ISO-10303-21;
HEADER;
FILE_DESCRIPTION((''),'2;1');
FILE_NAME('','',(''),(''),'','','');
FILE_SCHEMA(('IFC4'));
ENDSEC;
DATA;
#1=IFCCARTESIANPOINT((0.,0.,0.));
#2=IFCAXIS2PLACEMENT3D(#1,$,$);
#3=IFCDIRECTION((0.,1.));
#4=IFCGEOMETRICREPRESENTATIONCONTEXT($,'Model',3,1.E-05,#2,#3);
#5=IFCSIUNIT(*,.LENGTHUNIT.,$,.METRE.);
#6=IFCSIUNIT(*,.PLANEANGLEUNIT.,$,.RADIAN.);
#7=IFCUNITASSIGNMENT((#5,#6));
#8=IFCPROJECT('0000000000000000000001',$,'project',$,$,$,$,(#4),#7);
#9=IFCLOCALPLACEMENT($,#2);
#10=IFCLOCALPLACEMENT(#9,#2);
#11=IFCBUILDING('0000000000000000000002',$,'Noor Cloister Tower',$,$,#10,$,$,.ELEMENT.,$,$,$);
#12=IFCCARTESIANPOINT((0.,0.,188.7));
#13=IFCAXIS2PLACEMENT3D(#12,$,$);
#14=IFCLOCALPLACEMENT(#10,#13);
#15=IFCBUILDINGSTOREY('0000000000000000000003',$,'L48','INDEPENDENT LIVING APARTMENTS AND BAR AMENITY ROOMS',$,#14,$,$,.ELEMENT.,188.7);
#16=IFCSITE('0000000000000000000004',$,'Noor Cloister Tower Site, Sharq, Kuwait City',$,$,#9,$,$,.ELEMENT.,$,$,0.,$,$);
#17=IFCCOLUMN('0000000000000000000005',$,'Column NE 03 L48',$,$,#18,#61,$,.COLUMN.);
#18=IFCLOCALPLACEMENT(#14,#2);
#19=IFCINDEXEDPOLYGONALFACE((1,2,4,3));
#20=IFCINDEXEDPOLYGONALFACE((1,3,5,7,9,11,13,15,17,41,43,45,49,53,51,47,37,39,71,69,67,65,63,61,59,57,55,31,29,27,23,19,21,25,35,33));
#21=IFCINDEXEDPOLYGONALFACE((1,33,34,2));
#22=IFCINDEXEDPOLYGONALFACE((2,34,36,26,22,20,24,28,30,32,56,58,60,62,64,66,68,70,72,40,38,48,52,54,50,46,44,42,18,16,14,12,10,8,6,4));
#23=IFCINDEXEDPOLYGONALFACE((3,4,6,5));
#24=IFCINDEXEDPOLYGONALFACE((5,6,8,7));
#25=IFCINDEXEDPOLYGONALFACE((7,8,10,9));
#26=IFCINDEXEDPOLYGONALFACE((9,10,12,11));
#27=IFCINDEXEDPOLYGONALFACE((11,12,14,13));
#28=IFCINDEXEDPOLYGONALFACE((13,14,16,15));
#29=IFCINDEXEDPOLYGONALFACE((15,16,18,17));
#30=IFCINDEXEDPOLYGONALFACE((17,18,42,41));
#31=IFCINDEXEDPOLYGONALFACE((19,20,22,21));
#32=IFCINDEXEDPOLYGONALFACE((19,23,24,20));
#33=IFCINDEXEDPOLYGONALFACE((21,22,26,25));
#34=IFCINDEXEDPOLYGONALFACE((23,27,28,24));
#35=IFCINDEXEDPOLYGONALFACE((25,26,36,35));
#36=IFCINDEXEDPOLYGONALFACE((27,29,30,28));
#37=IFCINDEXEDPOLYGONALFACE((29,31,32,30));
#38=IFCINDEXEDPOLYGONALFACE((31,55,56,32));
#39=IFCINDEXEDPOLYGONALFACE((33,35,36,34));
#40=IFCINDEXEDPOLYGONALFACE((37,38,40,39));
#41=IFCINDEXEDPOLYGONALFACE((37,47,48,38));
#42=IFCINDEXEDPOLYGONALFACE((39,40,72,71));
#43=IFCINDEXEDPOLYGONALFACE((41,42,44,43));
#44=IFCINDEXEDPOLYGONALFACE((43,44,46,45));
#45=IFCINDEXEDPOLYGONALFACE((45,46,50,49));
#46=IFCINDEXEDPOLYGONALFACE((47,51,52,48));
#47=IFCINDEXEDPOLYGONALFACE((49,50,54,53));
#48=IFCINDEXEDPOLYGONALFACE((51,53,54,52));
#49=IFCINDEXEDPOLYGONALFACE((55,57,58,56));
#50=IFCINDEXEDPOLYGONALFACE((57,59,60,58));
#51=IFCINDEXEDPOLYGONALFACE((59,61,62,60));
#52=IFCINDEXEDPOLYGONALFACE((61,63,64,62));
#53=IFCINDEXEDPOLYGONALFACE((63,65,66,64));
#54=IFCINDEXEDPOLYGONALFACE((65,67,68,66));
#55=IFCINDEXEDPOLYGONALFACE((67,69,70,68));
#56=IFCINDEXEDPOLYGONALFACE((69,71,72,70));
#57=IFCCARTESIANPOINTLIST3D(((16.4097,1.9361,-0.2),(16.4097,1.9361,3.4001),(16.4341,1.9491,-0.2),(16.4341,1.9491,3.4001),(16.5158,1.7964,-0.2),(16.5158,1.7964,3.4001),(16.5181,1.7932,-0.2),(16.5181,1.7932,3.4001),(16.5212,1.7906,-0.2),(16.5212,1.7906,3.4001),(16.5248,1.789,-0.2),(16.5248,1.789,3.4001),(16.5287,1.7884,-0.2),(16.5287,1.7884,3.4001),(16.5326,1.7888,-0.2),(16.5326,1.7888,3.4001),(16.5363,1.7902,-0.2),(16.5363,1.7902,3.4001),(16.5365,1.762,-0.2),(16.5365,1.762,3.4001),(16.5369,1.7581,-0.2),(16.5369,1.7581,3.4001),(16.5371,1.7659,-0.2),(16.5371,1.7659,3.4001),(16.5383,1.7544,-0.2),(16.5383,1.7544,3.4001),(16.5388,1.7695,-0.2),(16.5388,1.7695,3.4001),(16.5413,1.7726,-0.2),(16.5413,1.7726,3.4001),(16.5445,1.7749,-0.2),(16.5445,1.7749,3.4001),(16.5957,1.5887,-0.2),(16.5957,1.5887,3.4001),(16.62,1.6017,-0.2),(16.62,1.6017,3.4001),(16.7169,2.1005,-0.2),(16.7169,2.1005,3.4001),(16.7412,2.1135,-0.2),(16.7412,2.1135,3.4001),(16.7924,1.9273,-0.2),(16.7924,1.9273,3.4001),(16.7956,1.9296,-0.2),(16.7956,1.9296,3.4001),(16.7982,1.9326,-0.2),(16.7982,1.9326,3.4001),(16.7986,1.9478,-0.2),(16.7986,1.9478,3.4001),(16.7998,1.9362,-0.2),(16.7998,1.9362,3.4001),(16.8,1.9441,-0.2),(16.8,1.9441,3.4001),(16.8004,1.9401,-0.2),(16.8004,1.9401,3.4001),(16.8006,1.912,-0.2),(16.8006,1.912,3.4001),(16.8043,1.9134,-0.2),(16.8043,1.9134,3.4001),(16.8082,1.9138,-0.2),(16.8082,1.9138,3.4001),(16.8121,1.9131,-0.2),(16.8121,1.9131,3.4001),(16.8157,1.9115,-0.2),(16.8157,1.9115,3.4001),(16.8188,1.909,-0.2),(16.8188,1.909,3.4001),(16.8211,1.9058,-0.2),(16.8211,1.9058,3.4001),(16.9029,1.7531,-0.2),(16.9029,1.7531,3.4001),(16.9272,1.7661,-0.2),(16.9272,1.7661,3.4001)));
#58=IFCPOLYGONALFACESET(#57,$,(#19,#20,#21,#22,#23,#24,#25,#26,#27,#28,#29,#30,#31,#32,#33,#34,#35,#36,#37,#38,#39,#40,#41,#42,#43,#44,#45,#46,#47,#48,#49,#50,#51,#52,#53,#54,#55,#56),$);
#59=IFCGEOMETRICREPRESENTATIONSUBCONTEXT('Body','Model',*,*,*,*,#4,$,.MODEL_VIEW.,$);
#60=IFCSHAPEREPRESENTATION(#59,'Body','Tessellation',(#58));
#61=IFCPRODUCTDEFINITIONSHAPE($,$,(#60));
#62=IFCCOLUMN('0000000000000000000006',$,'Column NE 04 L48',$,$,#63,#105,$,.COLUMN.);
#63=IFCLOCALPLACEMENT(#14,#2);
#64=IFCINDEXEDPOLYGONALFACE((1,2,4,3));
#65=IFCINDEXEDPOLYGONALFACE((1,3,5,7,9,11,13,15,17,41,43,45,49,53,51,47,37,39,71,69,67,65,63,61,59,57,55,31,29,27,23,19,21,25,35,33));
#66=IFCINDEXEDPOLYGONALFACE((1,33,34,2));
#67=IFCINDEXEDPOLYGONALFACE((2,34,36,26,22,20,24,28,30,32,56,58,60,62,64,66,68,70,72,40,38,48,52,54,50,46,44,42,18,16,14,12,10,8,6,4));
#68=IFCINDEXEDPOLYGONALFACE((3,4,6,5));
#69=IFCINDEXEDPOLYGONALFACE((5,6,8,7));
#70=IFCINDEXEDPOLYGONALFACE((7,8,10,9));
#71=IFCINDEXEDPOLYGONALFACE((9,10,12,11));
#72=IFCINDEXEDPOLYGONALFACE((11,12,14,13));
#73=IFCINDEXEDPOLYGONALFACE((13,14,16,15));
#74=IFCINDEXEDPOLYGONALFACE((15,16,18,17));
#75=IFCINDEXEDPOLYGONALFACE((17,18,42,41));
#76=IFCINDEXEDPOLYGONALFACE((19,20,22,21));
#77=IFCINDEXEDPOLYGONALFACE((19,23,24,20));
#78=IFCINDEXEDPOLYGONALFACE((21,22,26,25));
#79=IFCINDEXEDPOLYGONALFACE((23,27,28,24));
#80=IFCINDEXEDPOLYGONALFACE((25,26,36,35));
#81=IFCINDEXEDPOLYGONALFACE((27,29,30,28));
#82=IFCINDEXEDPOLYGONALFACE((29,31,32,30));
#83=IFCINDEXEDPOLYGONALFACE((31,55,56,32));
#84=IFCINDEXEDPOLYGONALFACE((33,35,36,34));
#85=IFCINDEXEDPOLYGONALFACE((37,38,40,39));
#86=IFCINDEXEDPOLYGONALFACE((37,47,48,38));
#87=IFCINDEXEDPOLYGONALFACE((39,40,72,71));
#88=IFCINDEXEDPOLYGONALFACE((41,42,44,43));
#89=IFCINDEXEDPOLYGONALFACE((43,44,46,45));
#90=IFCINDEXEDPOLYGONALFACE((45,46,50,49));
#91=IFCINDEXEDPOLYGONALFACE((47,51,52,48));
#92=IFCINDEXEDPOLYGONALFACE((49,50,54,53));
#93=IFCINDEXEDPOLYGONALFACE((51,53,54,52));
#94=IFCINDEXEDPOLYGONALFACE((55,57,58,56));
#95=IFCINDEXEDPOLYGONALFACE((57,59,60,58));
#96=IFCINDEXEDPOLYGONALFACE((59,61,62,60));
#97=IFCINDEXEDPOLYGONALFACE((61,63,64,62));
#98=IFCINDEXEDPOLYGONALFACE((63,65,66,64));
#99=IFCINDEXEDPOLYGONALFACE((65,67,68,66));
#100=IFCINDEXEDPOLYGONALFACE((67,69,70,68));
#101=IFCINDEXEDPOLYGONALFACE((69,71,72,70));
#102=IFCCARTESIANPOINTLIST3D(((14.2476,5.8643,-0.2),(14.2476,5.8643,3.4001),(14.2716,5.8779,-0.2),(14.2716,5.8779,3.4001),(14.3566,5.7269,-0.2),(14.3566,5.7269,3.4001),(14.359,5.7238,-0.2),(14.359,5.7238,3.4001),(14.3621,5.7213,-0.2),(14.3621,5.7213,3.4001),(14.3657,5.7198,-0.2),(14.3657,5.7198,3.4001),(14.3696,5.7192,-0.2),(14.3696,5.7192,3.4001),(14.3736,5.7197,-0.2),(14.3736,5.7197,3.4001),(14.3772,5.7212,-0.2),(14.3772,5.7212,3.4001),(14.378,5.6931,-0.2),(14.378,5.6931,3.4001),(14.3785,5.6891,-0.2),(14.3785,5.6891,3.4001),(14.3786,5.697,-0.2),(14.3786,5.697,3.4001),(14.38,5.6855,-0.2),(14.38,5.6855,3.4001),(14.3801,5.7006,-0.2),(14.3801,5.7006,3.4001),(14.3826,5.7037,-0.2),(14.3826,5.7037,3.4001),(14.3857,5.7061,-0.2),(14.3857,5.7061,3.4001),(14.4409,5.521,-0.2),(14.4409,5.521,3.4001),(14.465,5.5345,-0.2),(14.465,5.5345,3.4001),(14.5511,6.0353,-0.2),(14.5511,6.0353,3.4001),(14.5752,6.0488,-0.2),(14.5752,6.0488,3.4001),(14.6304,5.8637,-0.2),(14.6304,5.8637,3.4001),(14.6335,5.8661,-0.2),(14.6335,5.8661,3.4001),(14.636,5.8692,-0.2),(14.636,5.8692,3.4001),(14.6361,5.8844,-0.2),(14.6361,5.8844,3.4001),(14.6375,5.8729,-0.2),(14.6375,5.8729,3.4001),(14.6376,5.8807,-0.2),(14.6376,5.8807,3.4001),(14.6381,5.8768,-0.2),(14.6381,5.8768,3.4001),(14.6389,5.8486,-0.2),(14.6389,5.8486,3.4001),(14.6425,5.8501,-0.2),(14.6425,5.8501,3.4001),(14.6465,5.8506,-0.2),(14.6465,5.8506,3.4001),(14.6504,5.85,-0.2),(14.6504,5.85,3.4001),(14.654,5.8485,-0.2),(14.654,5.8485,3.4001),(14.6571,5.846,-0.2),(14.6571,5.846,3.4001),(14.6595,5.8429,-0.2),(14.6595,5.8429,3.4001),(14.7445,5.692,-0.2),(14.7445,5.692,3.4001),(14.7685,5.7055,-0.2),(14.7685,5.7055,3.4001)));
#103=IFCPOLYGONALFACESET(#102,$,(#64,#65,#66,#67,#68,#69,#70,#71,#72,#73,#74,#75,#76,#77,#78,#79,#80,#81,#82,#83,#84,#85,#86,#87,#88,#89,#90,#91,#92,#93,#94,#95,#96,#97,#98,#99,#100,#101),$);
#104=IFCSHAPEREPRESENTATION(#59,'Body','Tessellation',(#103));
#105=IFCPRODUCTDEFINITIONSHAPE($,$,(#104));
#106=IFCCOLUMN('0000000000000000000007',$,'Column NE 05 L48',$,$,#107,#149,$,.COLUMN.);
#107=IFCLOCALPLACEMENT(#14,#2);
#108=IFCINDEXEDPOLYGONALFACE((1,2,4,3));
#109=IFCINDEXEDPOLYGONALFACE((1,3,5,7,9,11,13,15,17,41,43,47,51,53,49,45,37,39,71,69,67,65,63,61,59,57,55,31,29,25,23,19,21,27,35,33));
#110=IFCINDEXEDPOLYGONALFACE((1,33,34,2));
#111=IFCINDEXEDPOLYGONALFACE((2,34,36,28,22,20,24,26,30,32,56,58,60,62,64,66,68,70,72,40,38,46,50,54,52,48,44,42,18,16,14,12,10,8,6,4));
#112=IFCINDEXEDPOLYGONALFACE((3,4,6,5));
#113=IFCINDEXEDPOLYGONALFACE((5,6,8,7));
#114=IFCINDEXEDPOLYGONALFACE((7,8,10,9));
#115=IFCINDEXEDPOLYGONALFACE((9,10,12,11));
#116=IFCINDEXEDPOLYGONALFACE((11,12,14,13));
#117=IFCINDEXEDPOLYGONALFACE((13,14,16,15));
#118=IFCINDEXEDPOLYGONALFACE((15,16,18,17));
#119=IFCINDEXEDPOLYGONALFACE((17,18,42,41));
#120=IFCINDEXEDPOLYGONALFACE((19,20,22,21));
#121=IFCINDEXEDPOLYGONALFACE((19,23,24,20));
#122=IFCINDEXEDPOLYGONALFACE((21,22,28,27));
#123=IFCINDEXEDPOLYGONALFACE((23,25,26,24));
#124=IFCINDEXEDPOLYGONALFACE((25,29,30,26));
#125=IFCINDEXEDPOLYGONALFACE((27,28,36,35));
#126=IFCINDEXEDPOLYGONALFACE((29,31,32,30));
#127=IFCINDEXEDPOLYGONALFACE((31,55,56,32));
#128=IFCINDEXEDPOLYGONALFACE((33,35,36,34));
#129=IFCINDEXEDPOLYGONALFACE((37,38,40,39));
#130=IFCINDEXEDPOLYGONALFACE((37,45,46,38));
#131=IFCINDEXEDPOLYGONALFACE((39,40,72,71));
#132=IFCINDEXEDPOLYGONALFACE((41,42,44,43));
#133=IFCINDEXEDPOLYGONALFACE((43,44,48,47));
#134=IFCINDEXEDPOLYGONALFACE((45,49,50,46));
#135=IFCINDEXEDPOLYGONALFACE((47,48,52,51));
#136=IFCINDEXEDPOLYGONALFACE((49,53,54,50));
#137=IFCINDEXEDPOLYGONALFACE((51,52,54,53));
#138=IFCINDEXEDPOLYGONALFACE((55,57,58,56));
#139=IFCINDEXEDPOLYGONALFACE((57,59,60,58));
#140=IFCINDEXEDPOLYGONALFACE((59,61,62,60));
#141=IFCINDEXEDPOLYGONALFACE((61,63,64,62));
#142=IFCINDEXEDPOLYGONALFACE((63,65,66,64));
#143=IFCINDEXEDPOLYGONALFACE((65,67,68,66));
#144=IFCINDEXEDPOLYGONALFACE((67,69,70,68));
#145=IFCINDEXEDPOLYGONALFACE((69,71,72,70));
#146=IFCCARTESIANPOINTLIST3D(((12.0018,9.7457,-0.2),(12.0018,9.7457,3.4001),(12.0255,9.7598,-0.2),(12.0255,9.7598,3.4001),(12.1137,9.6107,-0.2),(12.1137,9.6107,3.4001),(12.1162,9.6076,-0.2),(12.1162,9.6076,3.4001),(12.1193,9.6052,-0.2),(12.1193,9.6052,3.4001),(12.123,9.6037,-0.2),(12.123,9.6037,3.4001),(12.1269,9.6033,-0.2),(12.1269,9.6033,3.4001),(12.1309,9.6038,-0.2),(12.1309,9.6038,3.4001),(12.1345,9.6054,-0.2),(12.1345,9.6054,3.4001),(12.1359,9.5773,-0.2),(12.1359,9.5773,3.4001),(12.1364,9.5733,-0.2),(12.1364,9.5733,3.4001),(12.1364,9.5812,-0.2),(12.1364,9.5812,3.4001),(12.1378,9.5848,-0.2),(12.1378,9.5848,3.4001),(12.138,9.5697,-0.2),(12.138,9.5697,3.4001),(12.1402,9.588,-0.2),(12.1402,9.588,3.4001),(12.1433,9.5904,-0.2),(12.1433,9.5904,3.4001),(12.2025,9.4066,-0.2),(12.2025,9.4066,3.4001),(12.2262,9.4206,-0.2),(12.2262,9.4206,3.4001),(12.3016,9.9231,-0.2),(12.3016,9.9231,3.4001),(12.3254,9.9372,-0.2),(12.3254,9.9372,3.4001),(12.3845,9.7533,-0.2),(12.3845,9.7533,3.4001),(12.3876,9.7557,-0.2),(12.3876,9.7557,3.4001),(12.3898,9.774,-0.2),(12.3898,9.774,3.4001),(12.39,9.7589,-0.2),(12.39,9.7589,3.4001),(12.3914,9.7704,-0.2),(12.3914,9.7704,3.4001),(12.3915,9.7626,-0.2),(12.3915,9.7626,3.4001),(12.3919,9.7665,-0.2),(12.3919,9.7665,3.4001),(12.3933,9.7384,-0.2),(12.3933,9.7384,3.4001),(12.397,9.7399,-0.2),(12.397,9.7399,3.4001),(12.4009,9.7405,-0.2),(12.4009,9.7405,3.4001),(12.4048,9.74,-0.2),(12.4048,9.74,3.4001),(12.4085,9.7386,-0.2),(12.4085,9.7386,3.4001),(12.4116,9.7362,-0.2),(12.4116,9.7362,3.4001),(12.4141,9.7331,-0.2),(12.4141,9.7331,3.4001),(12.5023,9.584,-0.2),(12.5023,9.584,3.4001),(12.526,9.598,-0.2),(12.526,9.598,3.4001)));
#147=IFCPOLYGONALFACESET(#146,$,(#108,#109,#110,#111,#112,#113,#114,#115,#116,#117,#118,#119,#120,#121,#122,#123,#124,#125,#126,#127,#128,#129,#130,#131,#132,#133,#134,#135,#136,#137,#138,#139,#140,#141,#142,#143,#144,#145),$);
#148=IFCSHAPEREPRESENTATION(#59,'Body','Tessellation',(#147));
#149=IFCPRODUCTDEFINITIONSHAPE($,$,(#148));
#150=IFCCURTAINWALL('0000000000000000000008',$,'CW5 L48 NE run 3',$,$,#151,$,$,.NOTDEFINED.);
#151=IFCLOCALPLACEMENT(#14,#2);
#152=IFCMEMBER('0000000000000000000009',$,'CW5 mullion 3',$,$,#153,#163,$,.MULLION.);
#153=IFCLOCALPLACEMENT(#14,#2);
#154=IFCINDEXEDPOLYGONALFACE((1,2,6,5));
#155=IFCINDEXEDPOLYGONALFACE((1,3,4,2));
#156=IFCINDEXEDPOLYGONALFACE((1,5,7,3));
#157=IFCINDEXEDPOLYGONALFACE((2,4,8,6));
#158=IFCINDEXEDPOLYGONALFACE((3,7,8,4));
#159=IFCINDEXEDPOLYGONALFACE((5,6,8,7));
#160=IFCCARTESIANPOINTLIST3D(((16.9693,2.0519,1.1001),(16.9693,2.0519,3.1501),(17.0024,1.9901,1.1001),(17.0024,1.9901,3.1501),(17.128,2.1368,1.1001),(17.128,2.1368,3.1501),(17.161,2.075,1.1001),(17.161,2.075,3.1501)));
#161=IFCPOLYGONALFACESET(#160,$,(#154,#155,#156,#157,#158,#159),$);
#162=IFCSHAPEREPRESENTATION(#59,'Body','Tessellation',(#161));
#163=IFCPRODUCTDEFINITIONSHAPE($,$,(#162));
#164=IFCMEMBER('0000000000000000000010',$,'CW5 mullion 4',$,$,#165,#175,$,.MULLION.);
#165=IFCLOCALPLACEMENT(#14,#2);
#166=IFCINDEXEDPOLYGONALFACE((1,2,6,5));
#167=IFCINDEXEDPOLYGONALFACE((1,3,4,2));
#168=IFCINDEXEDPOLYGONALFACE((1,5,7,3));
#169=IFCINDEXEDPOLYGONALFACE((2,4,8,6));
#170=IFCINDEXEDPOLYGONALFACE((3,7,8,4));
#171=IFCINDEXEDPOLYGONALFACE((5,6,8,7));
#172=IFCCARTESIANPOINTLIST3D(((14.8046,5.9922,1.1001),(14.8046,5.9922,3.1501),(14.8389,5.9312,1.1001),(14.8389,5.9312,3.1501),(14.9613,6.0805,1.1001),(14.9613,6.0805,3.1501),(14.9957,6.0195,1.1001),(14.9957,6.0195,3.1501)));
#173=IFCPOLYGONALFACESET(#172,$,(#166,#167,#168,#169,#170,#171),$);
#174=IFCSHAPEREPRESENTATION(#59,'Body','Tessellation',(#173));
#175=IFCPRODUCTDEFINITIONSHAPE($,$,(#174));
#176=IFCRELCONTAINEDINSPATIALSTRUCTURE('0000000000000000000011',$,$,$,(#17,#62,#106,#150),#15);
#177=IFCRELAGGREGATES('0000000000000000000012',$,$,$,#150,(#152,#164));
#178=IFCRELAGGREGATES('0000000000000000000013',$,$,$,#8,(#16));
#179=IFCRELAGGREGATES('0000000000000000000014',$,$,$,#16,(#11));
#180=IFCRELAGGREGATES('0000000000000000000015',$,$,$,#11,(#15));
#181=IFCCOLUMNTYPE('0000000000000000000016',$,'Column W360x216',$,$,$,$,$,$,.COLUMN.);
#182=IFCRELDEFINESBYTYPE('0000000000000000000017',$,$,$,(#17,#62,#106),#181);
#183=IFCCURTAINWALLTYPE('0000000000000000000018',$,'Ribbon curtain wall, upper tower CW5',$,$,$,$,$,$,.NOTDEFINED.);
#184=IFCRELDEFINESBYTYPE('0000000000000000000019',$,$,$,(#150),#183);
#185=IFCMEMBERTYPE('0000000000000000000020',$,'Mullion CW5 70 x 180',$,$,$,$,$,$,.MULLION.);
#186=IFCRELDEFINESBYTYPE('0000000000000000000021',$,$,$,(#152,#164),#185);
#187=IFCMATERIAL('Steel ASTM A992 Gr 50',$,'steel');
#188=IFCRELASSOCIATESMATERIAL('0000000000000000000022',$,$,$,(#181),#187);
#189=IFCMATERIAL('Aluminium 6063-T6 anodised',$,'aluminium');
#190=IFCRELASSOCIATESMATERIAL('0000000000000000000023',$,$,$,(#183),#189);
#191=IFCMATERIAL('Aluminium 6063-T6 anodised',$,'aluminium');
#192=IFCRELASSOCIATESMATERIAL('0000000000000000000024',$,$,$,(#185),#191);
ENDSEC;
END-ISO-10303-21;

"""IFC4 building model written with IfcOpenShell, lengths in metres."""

from ifc_helpers import new_model, si_unit, direction, frame, origin, origin_2d, place, context, subcontext, project, spatial, rectangle, i_section, extrude, material, material_profile, profile_set, type_object, element, aggregate, save


model = new_model("IFC4")

# Units and contexts
model_context = context("Model", 3, precision=1e-05, world=origin(), true_north=direction((0.0, 1.0)))
body_context = subcontext(model_context, "Body", "Model", "MODEL_VIEW")
ifc_project = project(units=[si_unit("LENGTHUNIT", "METRE"), si_unit("PLANEANGLEUNIT", "RADIAN")], contexts=[model_context])

# Site, building, storey
site_placement = place(None, origin())
site = spatial("IfcSite", under=ifc_project, at=site_placement, Name="Noor Cloister Tower Site, Sharq, Kuwait City", CompositionType="ELEMENT", RefElevation=0.0)
building_placement = place(site_placement, origin())
building = spatial("IfcBuilding", under=site, at=building_placement, Name="Noor Cloister Tower", CompositionType="ELEMENT")
storey_placement = place(building_placement, frame((0.0, 0.0, 188.7)))
storey = spatial("IfcBuildingStorey", under=building, at=storey_placement, Name="L48", Description="INDEPENDENT LIVING APARTMENTS AND BAR AMENITY ROOMS", CompositionType="ELEMENT", Elevation=188.7)

# Columns
ifc_material_1 = material(Name="Steel ASTM A992 Gr 50", Category="steel")
ifc_material_profile_1 = material_profile(ifc_material_1, i_section(OverallWidth=0.394, OverallDepth=0.376, WebThickness=0.0173, FlangeThickness=0.0276, FilletRadius=0.0151, at=origin_2d()), Name="W360x216")
ifc_profile_set_1 = profile_set([ifc_material_profile_1], Name="Steel ASTM A992 Gr 50")
column_type = type_object("IfcColumnType", Name="Column W360x216", PredefinedType="COLUMN", material=ifc_profile_set_1)
for number, where, z_axis, x_axis, name in (
    (1, (16.6685, 1.8511, -0.2), (0.0, 0.0, 1.0), (-0.471937, 0.881632, 0.0), "Column NE 03 L48"),
    (2, (14.5081, 5.7849, -0.2), (0.0, 0.0, 1.0), (-0.490702, 0.871328, 0.0), "Column NE 04 L48"),
    (3, (12.2639, 9.6719, -0.2), (0.0, 0.0, 1.0), (-0.509241, 0.860624, 0.0), "Column NE 05 L48"),
):
    element("IfcColumn", number, at=place(storey_placement, frame(where, z_axis=z_axis, x_axis=x_axis)), inside=storey, type_object=column_type, Name=name, PredefinedType="COLUMN", context=body_context, shape_type="SweptSolid", body=[
        extrude(i_section(OverallWidth=0.394, OverallDepth=0.376, WebThickness=0.0173, FlangeThickness=0.0276, FilletRadius=0.0151, at=origin_2d()), origin(), (0.0, 0.0, 1.0), 3.6001),
    ])

# Curtain wall, members
ifc_material_2 = material(Name="Aluminium 6063-T6 anodised", Category="aluminium")
curtain_wall_type = type_object("IfcCurtainWallType", Name="Ribbon curtain wall, upper tower CW5", PredefinedType="NOTDEFINED", material=ifc_material_2)
curtain_wall_placement = place(storey_placement, origin())
curtain_wall = element("IfcCurtainWall", 4, at=curtain_wall_placement, inside=storey, type_object=curtain_wall_type, Name="CW5 L48 NE run 3", PredefinedType="NOTDEFINED")
ifc_material_3 = material(Name="Aluminium 6063-T6 anodised", Category="aluminium")
ifc_material_profile_2 = material_profile(ifc_material_3, rectangle(XDim=0.1799, YDim=0.0701, at=origin_2d()), Name="180 x 70 mullion")
ifc_profile_set_2 = profile_set([ifc_material_profile_2], Name="Aluminium 6063-T6 anodised")
member_type = type_object("IfcMemberType", Name="Mullion CW5 70 x 180", PredefinedType="MULLION", material=ifc_profile_set_2)
member_1_placement = place(storey_placement, frame((17.0652, 2.0635, 1.1001), z_axis=(0.0, 0.0, 1.0), x_axis=(-0.881632, -0.471937, 0.0)))
member_1 = element("IfcMember", 5, at=member_1_placement, type_object=member_type, Name="CW5 mullion 3", PredefinedType="MULLION", context=body_context, shape_type="SweptSolid", body=[
    extrude(rectangle(XDim=0.1799, YDim=0.0701, at=origin_2d()), origin(), (0.0, 0.0, 1.0), 2.05),
])
member_2_placement = place(storey_placement, frame((14.9001, 6.0059, 1.1001), z_axis=(0.0, 0.0, 1.0), x_axis=(-0.871328, -0.490702, 0.0)))
member_2 = element("IfcMember", 6, at=member_2_placement, type_object=member_type, Name="CW5 mullion 4", PredefinedType="MULLION", context=body_context, shape_type="SweptSolid", body=[
    extrude(rectangle(XDim=0.1799, YDim=0.0701, at=origin_2d()), origin(), (0.0, 0.0, 1.0), 2.05),
])

aggregate(curtain_wall, [member_1, member_2])

save(model, "model.ifc")
